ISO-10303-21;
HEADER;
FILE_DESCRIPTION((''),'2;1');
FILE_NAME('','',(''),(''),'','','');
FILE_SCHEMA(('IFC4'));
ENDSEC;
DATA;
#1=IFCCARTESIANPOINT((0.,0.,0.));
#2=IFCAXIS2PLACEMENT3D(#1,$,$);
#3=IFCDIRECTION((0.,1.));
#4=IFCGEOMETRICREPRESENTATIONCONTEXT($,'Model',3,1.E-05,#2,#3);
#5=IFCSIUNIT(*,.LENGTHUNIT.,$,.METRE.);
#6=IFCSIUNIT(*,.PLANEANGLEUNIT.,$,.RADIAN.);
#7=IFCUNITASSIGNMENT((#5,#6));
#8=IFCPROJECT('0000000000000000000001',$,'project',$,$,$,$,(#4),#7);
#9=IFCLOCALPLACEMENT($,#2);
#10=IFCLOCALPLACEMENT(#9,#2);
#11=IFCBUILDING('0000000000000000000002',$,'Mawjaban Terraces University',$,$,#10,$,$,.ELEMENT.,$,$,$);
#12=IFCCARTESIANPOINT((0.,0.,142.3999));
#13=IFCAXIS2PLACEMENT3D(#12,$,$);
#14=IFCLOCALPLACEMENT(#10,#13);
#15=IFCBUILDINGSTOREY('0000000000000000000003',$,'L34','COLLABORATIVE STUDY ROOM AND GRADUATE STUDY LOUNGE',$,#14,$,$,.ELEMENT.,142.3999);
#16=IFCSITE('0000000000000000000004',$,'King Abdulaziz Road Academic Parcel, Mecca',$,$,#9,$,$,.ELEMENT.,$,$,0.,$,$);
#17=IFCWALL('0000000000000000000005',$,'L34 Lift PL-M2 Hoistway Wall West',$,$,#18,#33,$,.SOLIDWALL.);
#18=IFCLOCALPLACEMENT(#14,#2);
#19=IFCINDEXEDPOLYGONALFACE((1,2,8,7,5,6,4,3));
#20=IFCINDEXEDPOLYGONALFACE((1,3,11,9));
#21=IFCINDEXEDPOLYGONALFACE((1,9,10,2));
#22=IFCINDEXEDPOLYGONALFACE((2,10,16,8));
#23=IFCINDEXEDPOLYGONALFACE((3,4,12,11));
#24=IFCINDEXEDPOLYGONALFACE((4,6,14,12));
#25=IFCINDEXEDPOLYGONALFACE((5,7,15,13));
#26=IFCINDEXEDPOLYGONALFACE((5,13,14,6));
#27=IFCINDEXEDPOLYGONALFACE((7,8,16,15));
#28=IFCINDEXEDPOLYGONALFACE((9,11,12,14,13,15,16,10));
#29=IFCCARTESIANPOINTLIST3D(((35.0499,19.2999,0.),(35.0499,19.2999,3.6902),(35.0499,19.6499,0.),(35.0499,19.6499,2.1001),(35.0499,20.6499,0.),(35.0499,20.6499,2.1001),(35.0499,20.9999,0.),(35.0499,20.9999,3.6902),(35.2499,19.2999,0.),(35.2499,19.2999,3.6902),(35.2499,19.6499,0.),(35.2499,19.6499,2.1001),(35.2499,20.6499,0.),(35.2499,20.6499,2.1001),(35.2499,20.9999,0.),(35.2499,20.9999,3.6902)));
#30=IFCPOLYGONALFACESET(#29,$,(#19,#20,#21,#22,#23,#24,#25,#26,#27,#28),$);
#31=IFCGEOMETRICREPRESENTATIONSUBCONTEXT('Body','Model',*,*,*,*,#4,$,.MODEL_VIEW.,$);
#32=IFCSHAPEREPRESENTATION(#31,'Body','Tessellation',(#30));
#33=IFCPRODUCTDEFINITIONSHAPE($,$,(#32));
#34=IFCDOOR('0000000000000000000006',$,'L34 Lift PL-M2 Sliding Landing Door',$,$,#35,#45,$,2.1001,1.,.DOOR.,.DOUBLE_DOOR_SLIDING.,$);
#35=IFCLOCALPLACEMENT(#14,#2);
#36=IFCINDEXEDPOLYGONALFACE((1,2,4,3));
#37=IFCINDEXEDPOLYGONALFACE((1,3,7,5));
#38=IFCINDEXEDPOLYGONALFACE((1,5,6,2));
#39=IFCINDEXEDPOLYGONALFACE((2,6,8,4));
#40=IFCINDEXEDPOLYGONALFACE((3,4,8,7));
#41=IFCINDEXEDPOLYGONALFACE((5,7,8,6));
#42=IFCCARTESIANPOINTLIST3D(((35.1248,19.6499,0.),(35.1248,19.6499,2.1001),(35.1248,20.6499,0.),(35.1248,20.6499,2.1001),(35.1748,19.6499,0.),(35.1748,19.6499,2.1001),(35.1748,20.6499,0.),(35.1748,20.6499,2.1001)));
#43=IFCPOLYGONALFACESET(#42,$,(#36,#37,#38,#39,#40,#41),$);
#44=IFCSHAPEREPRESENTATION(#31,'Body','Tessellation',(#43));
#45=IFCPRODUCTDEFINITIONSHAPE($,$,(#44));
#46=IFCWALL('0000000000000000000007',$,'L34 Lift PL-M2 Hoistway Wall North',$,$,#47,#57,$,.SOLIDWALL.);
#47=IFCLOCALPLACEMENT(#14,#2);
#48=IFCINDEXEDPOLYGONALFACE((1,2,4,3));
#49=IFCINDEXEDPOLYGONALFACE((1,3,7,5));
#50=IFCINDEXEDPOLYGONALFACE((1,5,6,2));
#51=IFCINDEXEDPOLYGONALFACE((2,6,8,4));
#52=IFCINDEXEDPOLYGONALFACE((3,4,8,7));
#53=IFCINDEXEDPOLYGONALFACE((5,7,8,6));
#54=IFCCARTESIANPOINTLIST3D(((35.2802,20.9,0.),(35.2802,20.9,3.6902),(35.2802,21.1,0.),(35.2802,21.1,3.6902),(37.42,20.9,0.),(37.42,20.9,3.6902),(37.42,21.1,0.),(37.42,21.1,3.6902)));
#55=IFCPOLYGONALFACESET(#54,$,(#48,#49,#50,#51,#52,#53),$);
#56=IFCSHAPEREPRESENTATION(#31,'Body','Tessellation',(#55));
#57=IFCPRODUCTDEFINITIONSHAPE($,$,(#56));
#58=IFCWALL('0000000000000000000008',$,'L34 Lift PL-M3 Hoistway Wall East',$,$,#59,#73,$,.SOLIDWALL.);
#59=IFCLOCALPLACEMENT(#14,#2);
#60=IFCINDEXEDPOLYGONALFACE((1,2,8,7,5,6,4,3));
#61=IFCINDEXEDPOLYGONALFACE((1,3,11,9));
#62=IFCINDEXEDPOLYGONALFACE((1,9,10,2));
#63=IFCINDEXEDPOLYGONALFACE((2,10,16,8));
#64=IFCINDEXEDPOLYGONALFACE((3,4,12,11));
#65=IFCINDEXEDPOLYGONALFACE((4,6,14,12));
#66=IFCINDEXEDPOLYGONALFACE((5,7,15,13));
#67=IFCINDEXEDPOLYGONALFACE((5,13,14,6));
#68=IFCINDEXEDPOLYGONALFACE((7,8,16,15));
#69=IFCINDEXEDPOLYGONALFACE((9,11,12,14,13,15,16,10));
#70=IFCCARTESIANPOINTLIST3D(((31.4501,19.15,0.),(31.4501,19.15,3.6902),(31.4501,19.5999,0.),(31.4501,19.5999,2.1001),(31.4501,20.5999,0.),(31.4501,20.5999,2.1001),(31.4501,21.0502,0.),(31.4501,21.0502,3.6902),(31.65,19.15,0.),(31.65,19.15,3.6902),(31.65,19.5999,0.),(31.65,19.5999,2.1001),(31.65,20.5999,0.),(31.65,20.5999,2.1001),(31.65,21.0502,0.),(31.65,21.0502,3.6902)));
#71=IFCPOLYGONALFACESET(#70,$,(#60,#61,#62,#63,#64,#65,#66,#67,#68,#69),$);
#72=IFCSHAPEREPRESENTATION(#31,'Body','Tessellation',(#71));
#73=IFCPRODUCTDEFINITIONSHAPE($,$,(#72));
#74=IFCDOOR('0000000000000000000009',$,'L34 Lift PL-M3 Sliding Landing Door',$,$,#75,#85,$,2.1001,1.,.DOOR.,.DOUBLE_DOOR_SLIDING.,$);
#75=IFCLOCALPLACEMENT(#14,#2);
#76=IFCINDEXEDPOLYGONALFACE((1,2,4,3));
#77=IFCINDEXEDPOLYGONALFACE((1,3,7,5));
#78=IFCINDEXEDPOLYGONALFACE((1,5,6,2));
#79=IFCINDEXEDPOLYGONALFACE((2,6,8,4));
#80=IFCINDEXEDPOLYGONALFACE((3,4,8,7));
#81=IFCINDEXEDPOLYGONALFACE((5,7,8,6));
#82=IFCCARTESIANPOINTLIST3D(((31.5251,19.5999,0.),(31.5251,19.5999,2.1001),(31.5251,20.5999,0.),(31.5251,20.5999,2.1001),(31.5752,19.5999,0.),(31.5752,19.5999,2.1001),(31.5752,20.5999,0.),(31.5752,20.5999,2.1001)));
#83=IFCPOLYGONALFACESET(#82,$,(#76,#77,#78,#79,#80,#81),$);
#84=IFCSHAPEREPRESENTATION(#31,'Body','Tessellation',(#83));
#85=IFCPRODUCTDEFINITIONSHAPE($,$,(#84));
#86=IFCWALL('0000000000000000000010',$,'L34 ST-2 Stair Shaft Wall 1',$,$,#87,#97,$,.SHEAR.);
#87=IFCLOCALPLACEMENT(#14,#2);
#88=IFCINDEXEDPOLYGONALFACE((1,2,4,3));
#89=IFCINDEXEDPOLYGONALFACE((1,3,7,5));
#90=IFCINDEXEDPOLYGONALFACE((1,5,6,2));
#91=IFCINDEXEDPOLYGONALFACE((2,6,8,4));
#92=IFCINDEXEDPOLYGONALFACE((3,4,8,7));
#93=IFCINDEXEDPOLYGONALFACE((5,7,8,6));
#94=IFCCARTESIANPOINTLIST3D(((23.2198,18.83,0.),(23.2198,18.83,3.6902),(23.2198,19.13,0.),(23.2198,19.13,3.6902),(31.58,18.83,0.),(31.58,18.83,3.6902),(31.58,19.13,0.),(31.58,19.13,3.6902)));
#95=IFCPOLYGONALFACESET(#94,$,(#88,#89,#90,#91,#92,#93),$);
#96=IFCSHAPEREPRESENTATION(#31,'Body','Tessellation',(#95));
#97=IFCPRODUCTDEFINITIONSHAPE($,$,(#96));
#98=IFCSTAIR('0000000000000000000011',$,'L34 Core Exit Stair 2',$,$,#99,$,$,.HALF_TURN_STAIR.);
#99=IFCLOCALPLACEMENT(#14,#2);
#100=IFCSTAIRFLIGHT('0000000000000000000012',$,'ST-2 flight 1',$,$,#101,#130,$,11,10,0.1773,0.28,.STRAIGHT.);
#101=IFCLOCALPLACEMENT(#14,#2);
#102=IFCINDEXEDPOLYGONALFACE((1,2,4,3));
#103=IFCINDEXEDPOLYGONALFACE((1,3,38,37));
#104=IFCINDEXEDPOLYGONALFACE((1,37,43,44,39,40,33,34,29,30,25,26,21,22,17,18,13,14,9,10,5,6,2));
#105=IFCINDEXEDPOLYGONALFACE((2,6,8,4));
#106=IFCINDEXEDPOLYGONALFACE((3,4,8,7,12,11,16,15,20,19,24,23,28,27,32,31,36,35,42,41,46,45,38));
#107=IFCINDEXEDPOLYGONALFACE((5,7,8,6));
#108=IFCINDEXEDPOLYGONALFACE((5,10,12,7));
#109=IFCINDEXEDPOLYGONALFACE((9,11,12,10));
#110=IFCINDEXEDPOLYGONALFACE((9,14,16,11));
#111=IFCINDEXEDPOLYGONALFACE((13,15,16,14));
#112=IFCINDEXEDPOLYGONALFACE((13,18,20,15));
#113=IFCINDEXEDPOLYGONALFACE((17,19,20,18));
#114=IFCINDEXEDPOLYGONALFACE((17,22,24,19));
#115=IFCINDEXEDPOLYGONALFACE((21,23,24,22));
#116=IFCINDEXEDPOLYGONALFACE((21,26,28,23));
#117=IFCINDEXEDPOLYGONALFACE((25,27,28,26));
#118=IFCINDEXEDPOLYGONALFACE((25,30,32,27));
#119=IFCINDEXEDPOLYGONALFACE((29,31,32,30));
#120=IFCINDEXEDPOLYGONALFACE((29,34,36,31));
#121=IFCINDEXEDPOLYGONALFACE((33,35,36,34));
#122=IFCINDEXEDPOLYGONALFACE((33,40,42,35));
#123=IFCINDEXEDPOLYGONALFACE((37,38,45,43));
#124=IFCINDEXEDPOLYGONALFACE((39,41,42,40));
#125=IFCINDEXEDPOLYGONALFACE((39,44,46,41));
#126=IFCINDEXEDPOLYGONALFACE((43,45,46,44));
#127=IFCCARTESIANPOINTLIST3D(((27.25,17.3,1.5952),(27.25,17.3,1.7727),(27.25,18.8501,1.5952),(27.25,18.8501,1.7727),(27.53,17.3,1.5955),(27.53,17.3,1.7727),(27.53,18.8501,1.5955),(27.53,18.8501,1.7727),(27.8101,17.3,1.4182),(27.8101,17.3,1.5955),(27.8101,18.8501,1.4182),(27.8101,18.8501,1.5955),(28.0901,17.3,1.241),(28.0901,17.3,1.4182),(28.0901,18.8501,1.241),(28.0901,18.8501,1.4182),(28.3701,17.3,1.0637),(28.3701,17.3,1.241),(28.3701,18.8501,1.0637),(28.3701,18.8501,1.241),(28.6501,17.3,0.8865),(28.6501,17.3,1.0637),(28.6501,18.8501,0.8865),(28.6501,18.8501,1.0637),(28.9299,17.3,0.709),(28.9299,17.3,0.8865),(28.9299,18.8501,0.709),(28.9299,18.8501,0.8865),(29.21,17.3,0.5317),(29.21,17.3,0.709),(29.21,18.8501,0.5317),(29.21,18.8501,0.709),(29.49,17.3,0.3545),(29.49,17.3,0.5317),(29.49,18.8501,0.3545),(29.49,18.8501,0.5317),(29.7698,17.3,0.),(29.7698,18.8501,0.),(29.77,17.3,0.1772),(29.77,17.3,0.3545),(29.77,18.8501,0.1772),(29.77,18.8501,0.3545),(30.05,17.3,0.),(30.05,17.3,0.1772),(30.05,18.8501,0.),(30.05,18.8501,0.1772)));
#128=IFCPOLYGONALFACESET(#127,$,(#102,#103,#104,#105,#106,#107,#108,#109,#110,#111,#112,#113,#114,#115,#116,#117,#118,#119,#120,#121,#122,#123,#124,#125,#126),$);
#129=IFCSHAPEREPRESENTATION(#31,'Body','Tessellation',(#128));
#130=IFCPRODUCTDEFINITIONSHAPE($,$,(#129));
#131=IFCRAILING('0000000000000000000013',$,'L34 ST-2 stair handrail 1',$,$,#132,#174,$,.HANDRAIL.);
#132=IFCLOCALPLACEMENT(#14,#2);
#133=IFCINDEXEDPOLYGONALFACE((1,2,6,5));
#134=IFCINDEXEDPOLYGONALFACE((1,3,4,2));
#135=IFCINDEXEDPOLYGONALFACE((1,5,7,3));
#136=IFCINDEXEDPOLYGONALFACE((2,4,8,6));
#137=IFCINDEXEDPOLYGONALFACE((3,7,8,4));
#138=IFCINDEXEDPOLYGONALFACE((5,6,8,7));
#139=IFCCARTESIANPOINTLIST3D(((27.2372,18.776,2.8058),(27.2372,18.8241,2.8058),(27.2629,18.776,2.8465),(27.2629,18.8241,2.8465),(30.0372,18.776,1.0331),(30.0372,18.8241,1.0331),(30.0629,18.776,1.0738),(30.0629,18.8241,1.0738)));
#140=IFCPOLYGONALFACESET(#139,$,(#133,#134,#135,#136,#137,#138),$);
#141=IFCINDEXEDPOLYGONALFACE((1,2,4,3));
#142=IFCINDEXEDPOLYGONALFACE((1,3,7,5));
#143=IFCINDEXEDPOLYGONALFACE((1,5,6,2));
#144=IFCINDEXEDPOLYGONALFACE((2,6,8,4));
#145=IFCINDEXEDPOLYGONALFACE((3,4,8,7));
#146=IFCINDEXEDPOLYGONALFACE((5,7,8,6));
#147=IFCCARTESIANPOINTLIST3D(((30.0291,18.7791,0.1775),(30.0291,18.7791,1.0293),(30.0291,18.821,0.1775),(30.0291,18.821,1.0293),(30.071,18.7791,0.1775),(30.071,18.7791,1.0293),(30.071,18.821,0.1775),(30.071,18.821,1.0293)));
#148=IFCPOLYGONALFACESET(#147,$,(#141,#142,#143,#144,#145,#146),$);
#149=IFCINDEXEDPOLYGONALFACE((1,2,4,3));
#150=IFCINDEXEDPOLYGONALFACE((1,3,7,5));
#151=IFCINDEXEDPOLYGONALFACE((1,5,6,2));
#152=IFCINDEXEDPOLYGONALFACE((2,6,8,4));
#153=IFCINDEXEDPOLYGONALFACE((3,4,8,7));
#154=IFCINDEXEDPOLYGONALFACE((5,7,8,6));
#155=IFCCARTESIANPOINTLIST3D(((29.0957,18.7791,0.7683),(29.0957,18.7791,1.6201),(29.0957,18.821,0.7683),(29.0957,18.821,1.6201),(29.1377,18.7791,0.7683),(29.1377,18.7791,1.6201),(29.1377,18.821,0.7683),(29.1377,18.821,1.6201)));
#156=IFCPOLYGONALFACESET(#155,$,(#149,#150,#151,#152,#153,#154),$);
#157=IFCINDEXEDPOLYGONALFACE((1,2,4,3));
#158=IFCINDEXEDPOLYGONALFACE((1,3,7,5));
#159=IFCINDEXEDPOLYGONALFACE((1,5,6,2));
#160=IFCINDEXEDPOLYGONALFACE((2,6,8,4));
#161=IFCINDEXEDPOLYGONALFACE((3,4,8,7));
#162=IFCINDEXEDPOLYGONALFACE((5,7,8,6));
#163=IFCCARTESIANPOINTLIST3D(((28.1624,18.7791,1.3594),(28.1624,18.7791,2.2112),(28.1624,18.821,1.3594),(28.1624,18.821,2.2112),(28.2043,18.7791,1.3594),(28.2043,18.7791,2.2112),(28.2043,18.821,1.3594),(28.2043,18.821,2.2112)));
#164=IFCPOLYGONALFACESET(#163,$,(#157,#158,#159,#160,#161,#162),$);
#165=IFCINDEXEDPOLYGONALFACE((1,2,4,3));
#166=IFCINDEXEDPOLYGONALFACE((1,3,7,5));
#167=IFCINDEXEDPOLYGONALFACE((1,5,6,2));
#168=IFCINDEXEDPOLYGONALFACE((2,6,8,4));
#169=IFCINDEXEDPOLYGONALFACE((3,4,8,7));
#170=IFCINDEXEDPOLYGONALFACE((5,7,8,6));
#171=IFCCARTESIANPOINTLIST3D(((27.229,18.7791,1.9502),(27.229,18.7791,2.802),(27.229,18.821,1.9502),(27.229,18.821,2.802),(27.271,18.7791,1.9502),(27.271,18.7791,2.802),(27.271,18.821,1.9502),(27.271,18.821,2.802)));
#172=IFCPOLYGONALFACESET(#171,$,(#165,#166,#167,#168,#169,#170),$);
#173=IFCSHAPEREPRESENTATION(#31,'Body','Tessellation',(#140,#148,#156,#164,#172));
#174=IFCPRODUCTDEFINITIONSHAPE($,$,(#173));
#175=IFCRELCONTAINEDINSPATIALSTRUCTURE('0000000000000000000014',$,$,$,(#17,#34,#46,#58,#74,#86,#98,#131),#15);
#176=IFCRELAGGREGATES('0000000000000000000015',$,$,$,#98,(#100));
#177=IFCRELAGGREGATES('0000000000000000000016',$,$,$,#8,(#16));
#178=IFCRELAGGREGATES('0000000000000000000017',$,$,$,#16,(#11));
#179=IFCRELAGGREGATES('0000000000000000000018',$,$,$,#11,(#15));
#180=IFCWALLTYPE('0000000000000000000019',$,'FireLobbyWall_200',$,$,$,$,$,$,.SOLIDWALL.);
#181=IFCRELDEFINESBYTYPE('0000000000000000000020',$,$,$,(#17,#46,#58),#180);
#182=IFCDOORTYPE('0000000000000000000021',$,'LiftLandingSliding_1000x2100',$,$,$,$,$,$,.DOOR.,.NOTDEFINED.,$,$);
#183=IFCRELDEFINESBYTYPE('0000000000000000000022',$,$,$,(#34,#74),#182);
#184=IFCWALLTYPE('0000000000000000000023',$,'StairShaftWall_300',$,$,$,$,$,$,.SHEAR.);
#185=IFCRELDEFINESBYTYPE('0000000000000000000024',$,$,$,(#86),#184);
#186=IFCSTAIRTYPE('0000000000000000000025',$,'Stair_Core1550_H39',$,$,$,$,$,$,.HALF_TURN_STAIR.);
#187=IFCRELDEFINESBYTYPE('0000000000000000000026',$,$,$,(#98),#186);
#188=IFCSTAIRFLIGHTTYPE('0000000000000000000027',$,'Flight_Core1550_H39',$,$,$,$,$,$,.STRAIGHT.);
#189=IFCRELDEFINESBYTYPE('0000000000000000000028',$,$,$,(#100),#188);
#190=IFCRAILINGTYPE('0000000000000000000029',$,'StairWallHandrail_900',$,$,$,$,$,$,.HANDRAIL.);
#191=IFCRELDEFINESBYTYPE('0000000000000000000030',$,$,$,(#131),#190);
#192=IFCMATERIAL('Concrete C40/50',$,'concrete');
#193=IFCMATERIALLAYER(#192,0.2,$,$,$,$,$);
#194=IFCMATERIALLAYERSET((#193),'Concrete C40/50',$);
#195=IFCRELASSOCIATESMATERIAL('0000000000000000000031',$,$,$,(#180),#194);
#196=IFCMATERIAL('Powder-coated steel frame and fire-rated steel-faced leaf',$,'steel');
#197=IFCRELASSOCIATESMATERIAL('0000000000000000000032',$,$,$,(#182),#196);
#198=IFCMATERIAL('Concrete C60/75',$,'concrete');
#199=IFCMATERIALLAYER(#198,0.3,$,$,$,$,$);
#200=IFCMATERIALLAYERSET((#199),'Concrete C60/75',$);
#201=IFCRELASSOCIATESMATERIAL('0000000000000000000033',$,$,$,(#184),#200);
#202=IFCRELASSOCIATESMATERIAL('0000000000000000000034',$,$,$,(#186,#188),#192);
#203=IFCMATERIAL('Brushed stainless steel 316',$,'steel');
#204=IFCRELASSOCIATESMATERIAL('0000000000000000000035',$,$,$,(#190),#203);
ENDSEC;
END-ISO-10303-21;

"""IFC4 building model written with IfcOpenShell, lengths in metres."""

from ifc_helpers import new_model, si_unit, direction, frame, frame_2d, origin, origin_2d, place, context, subcontext, project, spatial, polyline, rectangle, outline, extrude, material, layer, layer_set, type_object, element, fill, aggregate, save


model = new_model("IFC4")

# Units and contexts
model_context = context("Model", 3, precision=1e-05, world=origin(), true_north=direction((0.0, 1.0)))
body_context = subcontext(model_context, "Body", "Model", "MODEL_VIEW")
ifc_project = project(units=[si_unit("LENGTHUNIT", "METRE"), si_unit("PLANEANGLEUNIT", "RADIAN")], contexts=[model_context])

# Site, building, storey
site_placement = place(None, origin())
site = spatial("IfcSite", under=ifc_project, at=site_placement, Name="King Abdulaziz Road Academic Parcel, Mecca", CompositionType="ELEMENT", RefElevation=0.0)
building_placement = place(site_placement, origin())
building = spatial("IfcBuilding", under=site, at=building_placement, Name="Mawjaban Terraces University", CompositionType="ELEMENT")
storey_placement = place(building_placement, frame((0.0, 0.0, 142.3999)))
storey = spatial("IfcBuildingStorey", under=building, at=storey_placement, Name="L34", Description="COLLABORATIVE STUDY ROOM AND GRADUATE STUDY LOUNGE", CompositionType="ELEMENT", Elevation=142.3999)

# Shared definitions
ifc_material_1 = material(Name="Concrete C60/75", Category="concrete")

# Shared definitions
ifc_material_2 = material(Name="Concrete C40/50", Category="concrete")
ifc_layer_1 = layer(ifc_material_2, 0.2)
ifc_layer_set_1 = layer_set([ifc_layer_1], Name="Concrete C40/50")
wall_type_1 = type_object("IfcWallType", Name="FireLobbyWall_200", PredefinedType="SOLIDWALL", material=ifc_layer_set_1)

# Shared definitions
ifc_material_3 = material(Name="Powder-coated steel frame and fire-rated steel-faced leaf", Category="steel")
door_type_1 = type_object("IfcDoorType", Name="LiftLandingSliding_1000x2100", OperationType="NOTDEFINED", PredefinedType="DOOR", material=ifc_material_3)

# Wall, opening, door
wall_1_placement = place(storey_placement, frame((35.1499, 21.0, 0.0), z_axis=(0.0, 0.0, 1.0), x_axis=(0.0, -1.0, 0.0)))
wall_1 = element("IfcWall", 1, at=wall_1_placement, inside=storey, type_object=wall_type_1, Name="L34 Lift PL-M2 Hoistway Wall West", PredefinedType="SOLIDWALL", context=body_context, shape_type="SweptSolid", body=[
    extrude(rectangle(XDim=1.7, YDim=0.2, at=frame_2d((0.8501, 0.0))), origin(), (0.0, 0.0, 1.0), 3.6902),
])
opening_1_placement = place(wall_1_placement, frame((0.3501, 0.0, 0.0)))
opening_1 = element("IfcOpeningElement", 2, at=opening_1_placement, cuts=wall_1, PredefinedType="OPENING", context=body_context, shape_type="SweptSolid", body=[
    extrude(rectangle(XDim=1.0, YDim=2.1001, at=frame_2d((0.5, 1.05))), frame((0.0, 0.1099, 0.0), z_axis=(0.0, -1.0, 0.0), x_axis=(1.0, 0.0, 0.0)), (0.0, 0.0, 1.0), 0.22),
])
door_1_placement = place(opening_1_placement, origin())
door_1 = element("IfcDoor", 3, at=door_1_placement, inside=storey, type_object=door_type_1, Name="L34 Lift PL-M2 Sliding Landing Door", OperationType="DOUBLE_DOOR_SLIDING", OverallHeight=2.1001, OverallWidth=1.0, PredefinedType="DOOR", context=body_context, shape_type="SweptSolid", body=[
    extrude(rectangle(XDim=1.0, YDim=2.1001, at=frame_2d((0.5, 1.05))), frame((0.0, 0.0249, 0.0), z_axis=(0.0, -1.0, 0.0), x_axis=(1.0, 0.0, 0.0)), (0.0, 0.0, 1.0), 0.05),
])
fill(opening_1, door_1)

# Wall
wall_2_placement = place(storey_placement, frame((37.4199, 21.0, 0.0), z_axis=(0.0, 0.0, 1.0), x_axis=(-1.0, 0.0, 0.0)))
element("IfcWall", 4, at=wall_2_placement, inside=storey, type_object=wall_type_1, Name="L34 Lift PL-M2 Hoistway Wall North", PredefinedType="SOLIDWALL", context=body_context, shape_type="SweptSolid", body=[
    extrude(rectangle(XDim=2.1399, YDim=0.2, at=frame_2d((1.0698, 0.0))), origin(), (0.0, 0.0, 1.0), 3.6902),
])

# Wall, opening, door
wall_3_placement = place(storey_placement, frame((31.55, 19.1499, 0.0), z_axis=(0.0, 0.0, 1.0), x_axis=(0.0, 1.0, 0.0)))
wall_3 = element("IfcWall", 5, at=wall_3_placement, inside=storey, type_object=wall_type_1, Name="L34 Lift PL-M3 Hoistway Wall East", PredefinedType="SOLIDWALL", context=body_context, shape_type="SweptSolid", body=[
    extrude(rectangle(XDim=1.9001, YDim=0.2, at=frame_2d((0.9502, 0.0))), origin(), (0.0, 0.0, 1.0), 3.6902),
])
opening_2_placement = place(wall_3_placement, frame((0.45, 0.0, 0.0)))
opening_2 = element("IfcOpeningElement", 6, at=opening_2_placement, cuts=wall_3, PredefinedType="OPENING", context=body_context, shape_type="SweptSolid", body=[
    extrude(rectangle(XDim=1.0, YDim=2.1001, at=frame_2d((0.5, 1.05))), frame((0.0, 0.1099, 0.0), z_axis=(0.0, -1.0, 0.0), x_axis=(1.0, 0.0, 0.0)), (0.0, 0.0, 1.0), 0.22),
])
door_2_placement = place(opening_2_placement, origin())
door_2 = element("IfcDoor", 7, at=door_2_placement, inside=storey, type_object=door_type_1, Name="L34 Lift PL-M3 Sliding Landing Door", OperationType="DOUBLE_DOOR_SLIDING", OverallHeight=2.1001, OverallWidth=1.0, PredefinedType="DOOR", context=body_context, shape_type="SweptSolid", body=[
    extrude(rectangle(XDim=1.0, YDim=2.1001, at=frame_2d((0.5, 1.05))), frame((0.0, 0.0249, 0.0), z_axis=(0.0, -1.0, 0.0), x_axis=(1.0, 0.0, 0.0)), (0.0, 0.0, 1.0), 0.05),
])
fill(opening_2, door_2)

# Wall
ifc_layer_2 = layer(ifc_material_1, 0.3)
ifc_layer_set_2 = layer_set([ifc_layer_2], Name="Concrete C60/75")
wall_type_2 = type_object("IfcWallType", Name="StairShaftWall_300", PredefinedType="SHEAR", material=ifc_layer_set_2)
wall_4_placement = place(storey_placement, frame((31.5801, 18.98, 0.0), z_axis=(0.0, 0.0, 1.0), x_axis=(-1.0, 0.0, 0.0)))
element("IfcWall", 8, at=wall_4_placement, inside=storey, type_object=wall_type_2, Name="L34 ST-2 Stair Shaft Wall 1", PredefinedType="SHEAR", context=body_context, shape_type="SweptSolid", body=[
    extrude(rectangle(XDim=8.3601, YDim=0.3, at=frame_2d((4.1802, 0.0))), origin(), (0.0, 0.0, 1.0), 3.6902),
])

# Stair, stair flight
stair_type = type_object("IfcStairType", Name="Stair_Core1550_H39", PredefinedType="HALF_TURN_STAIR", material=ifc_material_2)
stair_placement = place(storey_placement, origin())
stair = element("IfcStair", 9, at=stair_placement, inside=storey, type_object=stair_type, Name="L34 Core Exit Stair 2", PredefinedType="HALF_TURN_STAIR")
stair_flight_type = type_object("IfcStairFlightType", Name="Flight_Core1550_H39", PredefinedType="STRAIGHT", material=ifc_material_2)
stair_flight_placement = place(storey_placement, frame((30.05, 18.075, 0.0), z_axis=(0.0, 0.0, 1.0), x_axis=(-1.0, 0.0, 0.0)))
stair_flight = element("IfcStairFlight", 10, at=stair_flight_placement, type_object=stair_flight_type, Name="ST-2 flight 1", NumberOfRisers=11, NumberOfTreads=10, PredefinedType="STRAIGHT", RiserHeight=0.1773, TreadLength=0.28, context=body_context, shape_type="SweptSolid", body=[
    extrude(outline(polyline([(0.0, 0.0), (0.0, 0.1772), (0.28, 0.1772), (0.28, 0.3545), (0.5601, 0.3545), (0.5601, 0.5317), (0.8401, 0.5317), (0.8401, 0.709), (1.1201, 0.709), (1.1201, 0.8865), (1.3999, 0.8865), (1.3999, 1.0637), (1.6799, 1.0637), (1.6799, 1.241), (1.96, 1.241), (1.96, 1.4182), (2.24, 1.4182), (2.24, 1.5955), (2.52, 1.5955), (2.52, 1.7727), (2.8, 1.7727), (2.8, 1.95), (2.8, 1.5952), (0.2803, 0.0), (0.0, 0.0)])), frame((0.0, 0.7749, 0.0), z_axis=(0.0, -1.0, 0.0), x_axis=(1.0, 0.0, 0.0)), (0.0, 0.0, 1.0), 1.55),
])
aggregate(stair, [stair_flight])

# Railing
ifc_material_4 = material(Name="Brushed stainless steel 316", Category="steel")
railing_type_1 = type_object("IfcRailingType", Name="StairWallHandrail_900", PredefinedType="HANDRAIL", material=ifc_material_4)
railing_1_placement = place(storey_placement, frame((30.05, 18.8, 0.1775)))
element("IfcRailing", 11, at=railing_1_placement, inside=storey, type_object=railing_type_1, Name="L34 ST-2 stair handrail 1", PredefinedType="HANDRAIL", context=body_context, shape_type="SweptSolid", body=[
    extrude(rectangle(XDim=0.0481, YDim=0.0481, at=origin_2d()), frame((0.0, 0.0, 0.876), z_axis=(-0.844909, 0.0, 0.53491), x_axis=(0.0, -1.0, 0.0)), (0.0, 0.0, 1.0), 3.314),
    extrude(rectangle(XDim=0.042, YDim=0.042, at=origin_2d()), origin(), (0.0, 0.0, 1.0), 0.8518),
    extrude(rectangle(XDim=0.042, YDim=0.042, at=origin_2d()), frame((-0.9333, 0.0, 0.5908)), (0.0, 0.0, 1.0), 0.8518),
    extrude(rectangle(XDim=0.042, YDim=0.042, at=origin_2d()), frame((-1.8667, 0.0, 1.1819)), (0.0, 0.0, 1.0), 0.8518),
    extrude(rectangle(XDim=0.042, YDim=0.042, at=origin_2d()), frame((-2.8, 0.0, 1.7727)), (0.0, 0.0, 1.0), 0.8518),
])

save(model, "model.ifc")
